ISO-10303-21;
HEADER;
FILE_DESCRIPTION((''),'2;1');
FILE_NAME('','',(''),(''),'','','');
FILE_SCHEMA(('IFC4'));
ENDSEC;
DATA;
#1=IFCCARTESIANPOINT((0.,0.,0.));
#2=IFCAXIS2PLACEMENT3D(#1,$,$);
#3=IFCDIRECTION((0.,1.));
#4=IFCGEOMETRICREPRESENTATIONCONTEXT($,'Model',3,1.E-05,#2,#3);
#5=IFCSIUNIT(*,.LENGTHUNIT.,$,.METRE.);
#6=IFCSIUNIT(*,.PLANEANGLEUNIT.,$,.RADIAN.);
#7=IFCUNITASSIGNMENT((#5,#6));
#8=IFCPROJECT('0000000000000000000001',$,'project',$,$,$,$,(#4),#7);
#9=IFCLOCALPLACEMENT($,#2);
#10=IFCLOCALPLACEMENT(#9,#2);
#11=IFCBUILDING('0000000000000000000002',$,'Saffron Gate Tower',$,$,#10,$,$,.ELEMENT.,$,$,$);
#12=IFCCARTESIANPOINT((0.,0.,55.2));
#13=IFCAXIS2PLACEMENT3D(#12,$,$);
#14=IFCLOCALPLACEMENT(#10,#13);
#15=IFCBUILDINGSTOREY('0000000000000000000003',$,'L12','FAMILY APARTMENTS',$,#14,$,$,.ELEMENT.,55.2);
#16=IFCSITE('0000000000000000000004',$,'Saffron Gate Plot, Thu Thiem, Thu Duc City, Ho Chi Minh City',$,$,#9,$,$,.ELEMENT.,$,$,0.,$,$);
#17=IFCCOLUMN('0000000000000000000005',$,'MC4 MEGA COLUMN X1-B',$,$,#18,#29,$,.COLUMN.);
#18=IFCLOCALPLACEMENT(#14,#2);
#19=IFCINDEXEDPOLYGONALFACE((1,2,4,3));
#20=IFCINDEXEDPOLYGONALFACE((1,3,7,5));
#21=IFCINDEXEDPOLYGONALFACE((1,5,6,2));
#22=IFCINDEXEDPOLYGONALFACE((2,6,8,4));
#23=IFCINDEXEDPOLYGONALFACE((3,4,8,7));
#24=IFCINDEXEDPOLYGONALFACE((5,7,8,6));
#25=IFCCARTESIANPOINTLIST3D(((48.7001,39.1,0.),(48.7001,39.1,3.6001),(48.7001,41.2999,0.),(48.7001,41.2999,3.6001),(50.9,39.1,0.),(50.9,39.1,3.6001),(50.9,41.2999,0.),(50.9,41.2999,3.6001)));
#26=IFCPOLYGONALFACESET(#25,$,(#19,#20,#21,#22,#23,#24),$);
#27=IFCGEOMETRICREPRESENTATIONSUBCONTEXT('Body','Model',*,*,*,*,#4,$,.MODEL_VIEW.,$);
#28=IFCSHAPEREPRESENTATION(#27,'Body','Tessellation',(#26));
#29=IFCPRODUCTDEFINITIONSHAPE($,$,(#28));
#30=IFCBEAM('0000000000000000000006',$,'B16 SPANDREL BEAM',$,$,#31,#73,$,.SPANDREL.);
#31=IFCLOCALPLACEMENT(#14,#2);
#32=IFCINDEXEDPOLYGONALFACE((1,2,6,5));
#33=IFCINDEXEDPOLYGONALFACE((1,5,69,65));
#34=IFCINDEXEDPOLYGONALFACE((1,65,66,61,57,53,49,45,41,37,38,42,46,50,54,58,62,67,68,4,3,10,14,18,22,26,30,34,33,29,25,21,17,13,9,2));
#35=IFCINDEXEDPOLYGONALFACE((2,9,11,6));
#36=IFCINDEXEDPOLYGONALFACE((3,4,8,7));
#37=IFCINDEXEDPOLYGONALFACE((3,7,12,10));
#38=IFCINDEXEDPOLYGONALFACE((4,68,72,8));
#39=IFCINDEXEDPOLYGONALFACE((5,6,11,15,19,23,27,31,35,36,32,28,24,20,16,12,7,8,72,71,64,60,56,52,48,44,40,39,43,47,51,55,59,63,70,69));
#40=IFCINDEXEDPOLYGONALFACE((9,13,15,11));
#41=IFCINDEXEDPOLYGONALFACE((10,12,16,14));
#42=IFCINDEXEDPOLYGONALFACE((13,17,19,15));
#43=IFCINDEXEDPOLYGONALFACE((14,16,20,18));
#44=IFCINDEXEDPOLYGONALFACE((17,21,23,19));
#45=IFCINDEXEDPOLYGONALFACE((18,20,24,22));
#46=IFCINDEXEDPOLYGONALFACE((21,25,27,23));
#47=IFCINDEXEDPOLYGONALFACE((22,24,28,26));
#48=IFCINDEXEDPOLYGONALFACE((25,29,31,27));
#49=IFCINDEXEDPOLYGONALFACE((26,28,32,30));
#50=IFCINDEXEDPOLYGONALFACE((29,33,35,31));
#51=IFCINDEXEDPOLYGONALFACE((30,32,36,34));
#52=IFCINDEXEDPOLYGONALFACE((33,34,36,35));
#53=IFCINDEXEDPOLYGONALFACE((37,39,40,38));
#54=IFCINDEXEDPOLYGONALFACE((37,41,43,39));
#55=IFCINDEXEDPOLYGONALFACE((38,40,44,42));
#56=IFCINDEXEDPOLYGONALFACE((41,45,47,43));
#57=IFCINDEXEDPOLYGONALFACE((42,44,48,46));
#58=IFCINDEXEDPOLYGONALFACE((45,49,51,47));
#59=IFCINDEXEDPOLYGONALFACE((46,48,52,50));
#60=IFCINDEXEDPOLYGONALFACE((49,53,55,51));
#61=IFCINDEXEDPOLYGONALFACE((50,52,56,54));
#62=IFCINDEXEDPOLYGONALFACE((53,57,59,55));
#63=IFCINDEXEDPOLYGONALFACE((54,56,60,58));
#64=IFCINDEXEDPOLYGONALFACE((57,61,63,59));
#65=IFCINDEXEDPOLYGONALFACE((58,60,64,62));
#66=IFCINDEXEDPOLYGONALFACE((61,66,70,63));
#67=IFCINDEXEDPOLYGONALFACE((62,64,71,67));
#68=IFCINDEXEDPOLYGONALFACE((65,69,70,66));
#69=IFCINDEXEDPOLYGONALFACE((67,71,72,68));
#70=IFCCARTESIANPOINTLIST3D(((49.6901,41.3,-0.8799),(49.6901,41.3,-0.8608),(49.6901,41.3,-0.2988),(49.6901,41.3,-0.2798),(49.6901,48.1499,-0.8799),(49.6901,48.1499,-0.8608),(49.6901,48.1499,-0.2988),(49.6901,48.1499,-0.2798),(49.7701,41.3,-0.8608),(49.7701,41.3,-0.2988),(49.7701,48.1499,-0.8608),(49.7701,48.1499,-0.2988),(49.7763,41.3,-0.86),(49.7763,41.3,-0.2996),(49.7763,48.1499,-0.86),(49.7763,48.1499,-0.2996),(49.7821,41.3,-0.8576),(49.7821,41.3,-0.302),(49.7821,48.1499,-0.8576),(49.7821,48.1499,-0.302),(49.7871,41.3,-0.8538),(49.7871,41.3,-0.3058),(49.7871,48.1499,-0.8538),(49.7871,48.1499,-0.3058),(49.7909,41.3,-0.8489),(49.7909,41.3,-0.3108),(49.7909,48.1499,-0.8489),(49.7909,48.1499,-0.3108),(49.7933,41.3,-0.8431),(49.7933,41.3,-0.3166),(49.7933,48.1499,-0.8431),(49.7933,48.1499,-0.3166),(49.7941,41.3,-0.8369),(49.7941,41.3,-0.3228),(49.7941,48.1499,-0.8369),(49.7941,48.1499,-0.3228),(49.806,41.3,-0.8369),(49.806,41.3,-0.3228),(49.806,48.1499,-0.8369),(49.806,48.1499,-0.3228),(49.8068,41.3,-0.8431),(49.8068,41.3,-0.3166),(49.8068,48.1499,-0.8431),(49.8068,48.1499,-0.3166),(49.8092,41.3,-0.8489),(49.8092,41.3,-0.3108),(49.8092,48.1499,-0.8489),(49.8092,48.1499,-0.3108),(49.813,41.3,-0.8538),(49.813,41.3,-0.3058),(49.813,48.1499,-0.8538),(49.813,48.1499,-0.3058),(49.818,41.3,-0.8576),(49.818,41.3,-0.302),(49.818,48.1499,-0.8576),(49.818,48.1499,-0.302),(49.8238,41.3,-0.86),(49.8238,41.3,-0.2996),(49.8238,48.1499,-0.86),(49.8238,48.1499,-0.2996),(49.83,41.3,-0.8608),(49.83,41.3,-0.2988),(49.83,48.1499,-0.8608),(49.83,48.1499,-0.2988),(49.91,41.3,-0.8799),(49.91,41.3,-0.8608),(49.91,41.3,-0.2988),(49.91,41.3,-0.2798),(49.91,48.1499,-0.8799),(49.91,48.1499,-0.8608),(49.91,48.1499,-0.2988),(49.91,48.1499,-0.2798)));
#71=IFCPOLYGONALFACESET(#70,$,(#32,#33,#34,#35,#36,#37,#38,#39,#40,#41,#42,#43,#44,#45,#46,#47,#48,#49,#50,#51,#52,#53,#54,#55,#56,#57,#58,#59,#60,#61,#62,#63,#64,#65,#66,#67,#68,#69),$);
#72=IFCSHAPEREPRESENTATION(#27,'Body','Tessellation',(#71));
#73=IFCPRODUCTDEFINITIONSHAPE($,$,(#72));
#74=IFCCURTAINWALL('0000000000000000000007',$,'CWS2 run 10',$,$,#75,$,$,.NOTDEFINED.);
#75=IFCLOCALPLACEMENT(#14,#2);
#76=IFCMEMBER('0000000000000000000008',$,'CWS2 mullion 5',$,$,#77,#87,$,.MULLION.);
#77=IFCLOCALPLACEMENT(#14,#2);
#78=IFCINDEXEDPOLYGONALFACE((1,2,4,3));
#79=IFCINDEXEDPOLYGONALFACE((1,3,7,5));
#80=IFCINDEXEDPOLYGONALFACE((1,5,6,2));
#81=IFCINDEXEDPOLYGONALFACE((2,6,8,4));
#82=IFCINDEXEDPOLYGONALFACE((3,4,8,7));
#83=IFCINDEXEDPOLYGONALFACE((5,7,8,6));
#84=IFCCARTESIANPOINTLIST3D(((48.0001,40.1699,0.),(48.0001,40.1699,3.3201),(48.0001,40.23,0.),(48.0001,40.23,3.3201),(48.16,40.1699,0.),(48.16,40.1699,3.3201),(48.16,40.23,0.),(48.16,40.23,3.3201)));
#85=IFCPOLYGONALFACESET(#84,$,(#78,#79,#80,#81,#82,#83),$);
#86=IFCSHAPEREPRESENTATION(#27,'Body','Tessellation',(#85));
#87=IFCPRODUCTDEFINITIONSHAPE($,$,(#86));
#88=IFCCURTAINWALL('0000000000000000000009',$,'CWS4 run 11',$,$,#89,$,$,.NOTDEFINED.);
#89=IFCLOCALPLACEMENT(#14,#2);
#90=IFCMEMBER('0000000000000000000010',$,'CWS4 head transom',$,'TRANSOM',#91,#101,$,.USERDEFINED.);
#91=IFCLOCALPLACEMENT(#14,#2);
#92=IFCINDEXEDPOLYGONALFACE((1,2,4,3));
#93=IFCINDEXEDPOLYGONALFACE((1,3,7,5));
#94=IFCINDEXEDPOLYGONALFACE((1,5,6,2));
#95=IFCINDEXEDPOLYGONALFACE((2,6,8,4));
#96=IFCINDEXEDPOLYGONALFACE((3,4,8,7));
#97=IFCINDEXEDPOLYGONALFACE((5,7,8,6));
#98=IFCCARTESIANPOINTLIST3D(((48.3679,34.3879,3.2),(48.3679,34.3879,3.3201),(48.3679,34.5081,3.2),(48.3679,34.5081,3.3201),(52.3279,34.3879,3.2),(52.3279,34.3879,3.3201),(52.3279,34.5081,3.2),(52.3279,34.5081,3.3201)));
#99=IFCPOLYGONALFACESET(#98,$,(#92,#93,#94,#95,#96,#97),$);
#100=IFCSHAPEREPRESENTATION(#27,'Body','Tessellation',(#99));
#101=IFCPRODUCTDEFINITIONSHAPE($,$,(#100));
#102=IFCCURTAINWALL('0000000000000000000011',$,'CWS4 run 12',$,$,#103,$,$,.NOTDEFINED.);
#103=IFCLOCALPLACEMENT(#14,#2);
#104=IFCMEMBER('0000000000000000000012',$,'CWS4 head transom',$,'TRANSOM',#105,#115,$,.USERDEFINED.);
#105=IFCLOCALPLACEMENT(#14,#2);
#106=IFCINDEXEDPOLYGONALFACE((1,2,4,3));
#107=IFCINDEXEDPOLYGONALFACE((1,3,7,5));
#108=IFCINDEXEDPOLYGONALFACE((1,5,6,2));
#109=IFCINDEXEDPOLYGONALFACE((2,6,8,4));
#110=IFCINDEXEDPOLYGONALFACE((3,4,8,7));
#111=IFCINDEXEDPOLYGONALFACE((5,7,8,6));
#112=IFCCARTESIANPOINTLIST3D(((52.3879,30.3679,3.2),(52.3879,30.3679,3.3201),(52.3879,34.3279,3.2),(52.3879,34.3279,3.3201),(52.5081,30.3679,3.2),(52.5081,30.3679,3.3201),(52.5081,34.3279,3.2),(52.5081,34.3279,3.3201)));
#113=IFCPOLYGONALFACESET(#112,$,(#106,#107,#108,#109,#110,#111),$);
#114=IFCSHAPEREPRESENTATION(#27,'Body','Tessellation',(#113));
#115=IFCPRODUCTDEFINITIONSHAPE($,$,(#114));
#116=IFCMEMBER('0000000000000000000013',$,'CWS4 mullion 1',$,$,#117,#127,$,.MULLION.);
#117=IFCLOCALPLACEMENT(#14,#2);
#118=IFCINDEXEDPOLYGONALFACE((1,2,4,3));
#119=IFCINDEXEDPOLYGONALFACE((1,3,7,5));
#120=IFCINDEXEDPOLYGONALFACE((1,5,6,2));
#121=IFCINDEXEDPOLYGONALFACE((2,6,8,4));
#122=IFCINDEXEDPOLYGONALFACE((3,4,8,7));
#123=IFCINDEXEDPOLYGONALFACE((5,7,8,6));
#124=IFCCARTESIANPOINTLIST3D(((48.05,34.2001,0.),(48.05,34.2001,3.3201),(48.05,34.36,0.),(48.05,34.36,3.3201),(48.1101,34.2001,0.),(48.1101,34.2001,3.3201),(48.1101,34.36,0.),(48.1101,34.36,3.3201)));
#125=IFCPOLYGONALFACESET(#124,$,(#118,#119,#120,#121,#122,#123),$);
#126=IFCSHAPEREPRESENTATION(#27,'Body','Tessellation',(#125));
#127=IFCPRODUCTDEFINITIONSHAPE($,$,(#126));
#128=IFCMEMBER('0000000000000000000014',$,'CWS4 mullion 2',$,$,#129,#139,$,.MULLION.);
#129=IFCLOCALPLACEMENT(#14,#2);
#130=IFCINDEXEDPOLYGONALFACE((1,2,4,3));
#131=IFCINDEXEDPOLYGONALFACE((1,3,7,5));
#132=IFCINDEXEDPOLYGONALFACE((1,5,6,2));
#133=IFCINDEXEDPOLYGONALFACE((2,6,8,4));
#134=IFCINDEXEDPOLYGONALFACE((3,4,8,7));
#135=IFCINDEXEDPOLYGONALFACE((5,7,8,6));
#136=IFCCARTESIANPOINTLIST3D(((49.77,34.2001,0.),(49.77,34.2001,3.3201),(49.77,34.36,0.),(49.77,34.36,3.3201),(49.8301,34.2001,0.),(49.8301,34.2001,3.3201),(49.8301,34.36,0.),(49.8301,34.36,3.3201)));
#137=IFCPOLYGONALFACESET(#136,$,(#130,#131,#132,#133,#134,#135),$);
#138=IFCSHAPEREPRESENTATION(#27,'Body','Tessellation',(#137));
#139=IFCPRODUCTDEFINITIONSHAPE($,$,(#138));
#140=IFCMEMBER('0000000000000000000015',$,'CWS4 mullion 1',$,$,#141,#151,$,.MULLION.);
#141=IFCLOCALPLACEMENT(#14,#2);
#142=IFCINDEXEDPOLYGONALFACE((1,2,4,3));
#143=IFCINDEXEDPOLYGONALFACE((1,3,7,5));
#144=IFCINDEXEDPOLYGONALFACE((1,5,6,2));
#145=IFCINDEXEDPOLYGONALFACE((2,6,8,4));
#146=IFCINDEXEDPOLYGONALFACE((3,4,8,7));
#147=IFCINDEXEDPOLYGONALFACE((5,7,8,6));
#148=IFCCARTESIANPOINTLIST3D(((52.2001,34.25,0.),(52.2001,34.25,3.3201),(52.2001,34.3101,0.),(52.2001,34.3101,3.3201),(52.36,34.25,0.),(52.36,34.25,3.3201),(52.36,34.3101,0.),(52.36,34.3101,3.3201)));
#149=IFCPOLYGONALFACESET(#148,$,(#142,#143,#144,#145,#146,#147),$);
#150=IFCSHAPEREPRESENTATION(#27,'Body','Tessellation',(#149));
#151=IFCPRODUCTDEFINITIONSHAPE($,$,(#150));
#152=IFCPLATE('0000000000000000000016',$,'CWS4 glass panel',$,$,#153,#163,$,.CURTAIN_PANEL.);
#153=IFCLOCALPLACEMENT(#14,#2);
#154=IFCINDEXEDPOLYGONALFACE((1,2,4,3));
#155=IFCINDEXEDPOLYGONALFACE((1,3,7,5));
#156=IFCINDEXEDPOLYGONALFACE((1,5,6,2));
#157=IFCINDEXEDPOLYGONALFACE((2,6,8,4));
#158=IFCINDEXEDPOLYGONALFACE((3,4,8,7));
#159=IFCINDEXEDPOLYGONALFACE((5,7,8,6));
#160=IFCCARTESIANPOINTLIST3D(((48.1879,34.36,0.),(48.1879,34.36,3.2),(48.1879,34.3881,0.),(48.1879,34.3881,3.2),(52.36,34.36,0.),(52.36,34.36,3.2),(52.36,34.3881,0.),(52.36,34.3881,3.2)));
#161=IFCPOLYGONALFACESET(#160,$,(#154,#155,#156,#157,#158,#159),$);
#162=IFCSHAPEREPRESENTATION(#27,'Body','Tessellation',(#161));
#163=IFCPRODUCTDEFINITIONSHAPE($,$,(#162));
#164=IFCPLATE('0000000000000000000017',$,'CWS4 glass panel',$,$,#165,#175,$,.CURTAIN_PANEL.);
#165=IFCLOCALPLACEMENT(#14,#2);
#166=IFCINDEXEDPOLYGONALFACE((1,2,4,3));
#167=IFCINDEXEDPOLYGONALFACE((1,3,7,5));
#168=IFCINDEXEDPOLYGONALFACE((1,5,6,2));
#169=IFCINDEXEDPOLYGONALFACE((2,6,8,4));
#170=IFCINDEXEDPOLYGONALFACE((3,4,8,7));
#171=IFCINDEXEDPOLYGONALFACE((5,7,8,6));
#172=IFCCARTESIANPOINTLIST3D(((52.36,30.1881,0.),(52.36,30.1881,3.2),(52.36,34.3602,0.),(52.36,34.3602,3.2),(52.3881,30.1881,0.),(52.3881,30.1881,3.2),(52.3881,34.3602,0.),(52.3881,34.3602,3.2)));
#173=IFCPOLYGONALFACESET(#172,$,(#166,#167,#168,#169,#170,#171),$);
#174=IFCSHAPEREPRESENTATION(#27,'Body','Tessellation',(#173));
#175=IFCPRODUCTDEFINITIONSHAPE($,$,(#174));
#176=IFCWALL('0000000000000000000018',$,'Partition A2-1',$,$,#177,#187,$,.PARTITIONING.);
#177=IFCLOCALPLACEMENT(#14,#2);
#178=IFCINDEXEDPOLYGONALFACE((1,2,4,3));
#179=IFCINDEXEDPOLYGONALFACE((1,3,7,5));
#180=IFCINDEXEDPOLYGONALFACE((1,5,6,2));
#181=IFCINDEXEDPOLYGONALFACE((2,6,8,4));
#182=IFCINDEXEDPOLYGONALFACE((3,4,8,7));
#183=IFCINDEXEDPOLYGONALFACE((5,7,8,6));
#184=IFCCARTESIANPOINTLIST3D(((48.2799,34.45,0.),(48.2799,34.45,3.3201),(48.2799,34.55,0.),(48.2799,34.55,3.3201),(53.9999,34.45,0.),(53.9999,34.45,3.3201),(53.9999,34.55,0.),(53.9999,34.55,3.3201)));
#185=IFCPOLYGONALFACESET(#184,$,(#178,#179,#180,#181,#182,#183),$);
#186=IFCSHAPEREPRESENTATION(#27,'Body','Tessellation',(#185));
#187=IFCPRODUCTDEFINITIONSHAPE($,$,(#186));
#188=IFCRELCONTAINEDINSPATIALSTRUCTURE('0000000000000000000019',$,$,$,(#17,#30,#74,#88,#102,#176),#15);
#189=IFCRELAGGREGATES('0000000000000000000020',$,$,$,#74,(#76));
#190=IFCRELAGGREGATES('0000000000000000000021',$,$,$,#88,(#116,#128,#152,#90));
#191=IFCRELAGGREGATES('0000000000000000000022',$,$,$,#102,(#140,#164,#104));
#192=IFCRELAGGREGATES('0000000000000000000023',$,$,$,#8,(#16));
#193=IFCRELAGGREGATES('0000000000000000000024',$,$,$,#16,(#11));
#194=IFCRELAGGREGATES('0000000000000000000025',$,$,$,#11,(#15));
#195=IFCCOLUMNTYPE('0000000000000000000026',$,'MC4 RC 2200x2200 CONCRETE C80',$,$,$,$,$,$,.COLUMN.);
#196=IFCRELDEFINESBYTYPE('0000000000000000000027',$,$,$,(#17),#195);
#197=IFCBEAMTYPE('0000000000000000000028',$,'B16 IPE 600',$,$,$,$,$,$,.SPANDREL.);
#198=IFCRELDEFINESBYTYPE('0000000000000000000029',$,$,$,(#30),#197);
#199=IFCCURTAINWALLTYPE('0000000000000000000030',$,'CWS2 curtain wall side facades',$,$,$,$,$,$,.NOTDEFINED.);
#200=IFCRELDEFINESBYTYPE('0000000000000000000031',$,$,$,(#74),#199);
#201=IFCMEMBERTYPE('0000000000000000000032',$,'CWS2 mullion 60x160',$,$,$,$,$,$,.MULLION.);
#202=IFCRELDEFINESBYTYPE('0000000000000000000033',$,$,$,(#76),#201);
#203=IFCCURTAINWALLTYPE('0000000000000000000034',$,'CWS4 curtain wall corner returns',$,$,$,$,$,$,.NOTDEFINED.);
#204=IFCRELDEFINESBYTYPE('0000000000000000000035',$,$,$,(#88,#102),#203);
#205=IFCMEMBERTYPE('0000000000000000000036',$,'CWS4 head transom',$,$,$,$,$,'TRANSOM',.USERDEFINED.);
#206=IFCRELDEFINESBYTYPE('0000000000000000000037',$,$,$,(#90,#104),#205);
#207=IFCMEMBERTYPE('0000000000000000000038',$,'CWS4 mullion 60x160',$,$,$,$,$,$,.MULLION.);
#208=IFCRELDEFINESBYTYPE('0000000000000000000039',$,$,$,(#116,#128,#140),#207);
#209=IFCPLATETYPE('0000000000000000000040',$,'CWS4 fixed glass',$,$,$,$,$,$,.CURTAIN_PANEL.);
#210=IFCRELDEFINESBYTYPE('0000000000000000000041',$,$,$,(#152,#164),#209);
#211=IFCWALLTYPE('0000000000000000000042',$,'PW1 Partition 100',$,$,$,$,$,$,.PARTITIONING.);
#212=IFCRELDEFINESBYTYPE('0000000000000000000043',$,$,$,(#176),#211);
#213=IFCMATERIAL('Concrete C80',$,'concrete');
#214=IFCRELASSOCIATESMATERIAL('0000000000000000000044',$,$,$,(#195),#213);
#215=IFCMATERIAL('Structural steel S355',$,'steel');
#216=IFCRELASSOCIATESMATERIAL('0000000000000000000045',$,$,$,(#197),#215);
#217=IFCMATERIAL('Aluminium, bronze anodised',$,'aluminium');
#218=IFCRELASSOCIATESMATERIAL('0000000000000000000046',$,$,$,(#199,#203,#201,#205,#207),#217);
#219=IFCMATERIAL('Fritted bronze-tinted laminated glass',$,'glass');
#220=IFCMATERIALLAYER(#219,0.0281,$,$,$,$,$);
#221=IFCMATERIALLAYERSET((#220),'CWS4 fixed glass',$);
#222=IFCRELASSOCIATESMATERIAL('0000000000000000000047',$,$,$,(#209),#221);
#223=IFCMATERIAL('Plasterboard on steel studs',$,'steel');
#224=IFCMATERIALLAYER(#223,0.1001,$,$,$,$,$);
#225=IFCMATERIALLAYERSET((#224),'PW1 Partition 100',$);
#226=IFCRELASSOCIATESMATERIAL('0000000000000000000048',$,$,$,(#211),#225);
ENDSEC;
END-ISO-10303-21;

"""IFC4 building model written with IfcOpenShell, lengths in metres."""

from ifc_helpers import new_model, si_unit, direction, frame, frame_2d, origin, origin_2d, place, context, subcontext, project, spatial, rectangle, i_section, extrude, material, layer, layer_set, material_profile, profile_set, type_object, element, aggregate, save


model = new_model("IFC4")

# Units and contexts
model_context = context("Model", 3, precision=1e-05, world=origin(), true_north=direction((0.0, 1.0)))
body_context = subcontext(model_context, "Body", "Model", "MODEL_VIEW")
ifc_project = project(units=[si_unit("LENGTHUNIT", "METRE"), si_unit("PLANEANGLEUNIT", "RADIAN")], contexts=[model_context])

# Site, building, storey
site_placement = place(None, origin())
site = spatial("IfcSite", under=ifc_project, at=site_placement, Name="Saffron Gate Plot, Thu Thiem, Thu Duc City, Ho Chi Minh City", CompositionType="ELEMENT", RefElevation=0.0)
building_placement = place(site_placement, origin())
building = spatial("IfcBuilding", under=site, at=building_placement, Name="Saffron Gate Tower", CompositionType="ELEMENT")
storey_placement = place(building_placement, frame((0.0, 0.0, 55.2)))
storey = spatial("IfcBuildingStorey", under=building, at=storey_placement, Name="L12", Description="FAMILY APARTMENTS", CompositionType="ELEMENT", Elevation=55.2)

# Column
ifc_material_1 = material(Name="Concrete C80", Category="concrete")
ifc_material_profile_1 = material_profile(ifc_material_1, rectangle(XDim=2.2, YDim=2.2, at=origin_2d()))
ifc_profile_set_1 = profile_set([ifc_material_profile_1], Name="Concrete C80")
column_type = type_object("IfcColumnType", Name="MC4 RC 2200x2200 CONCRETE C80", PredefinedType="COLUMN", material=ifc_profile_set_1)
column_placement = place(storey_placement, frame((49.8, 40.2, 0.0), z_axis=(0.0, 0.0, 1.0), x_axis=(1.0, 0.0, 0.0)))
element("IfcColumn", 1, at=column_placement, inside=storey, type_object=column_type, Name="MC4 MEGA COLUMN X1-B", PredefinedType="COLUMN", context=body_context, shape_type="SweptSolid", body=[
    extrude(rectangle(XDim=2.2, YDim=2.2, at=origin_2d()), origin(), (0.0, 0.0, 1.0), 3.6001),
])

# Beam
ifc_material_2 = material(Name="Structural steel S355", Category="steel")
ifc_material_profile_2 = material_profile(ifc_material_2, i_section(OverallWidth=0.22, OverallDepth=0.6001, WebThickness=0.012, FlangeThickness=0.019, FilletRadius=0.0239, at=origin_2d()))
ifc_profile_set_2 = profile_set([ifc_material_profile_2], Name="Structural steel S355")
beam_type = type_object("IfcBeamType", Name="B16 IPE 600", PredefinedType="SPANDREL", material=ifc_profile_set_2)
beam_placement = place(storey_placement, frame((49.8, 41.3, -0.5798), z_axis=(0.0, 1.0, 0.0), x_axis=(-1.0, 0.0, 0.0)))
element("IfcBeam", 2, at=beam_placement, inside=storey, type_object=beam_type, Name="B16 SPANDREL BEAM", PredefinedType="SPANDREL", context=body_context, shape_type="SweptSolid", body=[
    extrude(i_section(OverallWidth=0.22, OverallDepth=0.6001, WebThickness=0.012, FlangeThickness=0.019, FilletRadius=0.0239, at=origin_2d()), origin(), (0.0, 0.0, 1.0), 6.8499),
])

# Curtain walls, members
ifc_material_3 = material(Name="Aluminium, bronze anodised", Category="aluminium")
curtain_wall_type_1 = type_object("IfcCurtainWallType", Name="CWS2 curtain wall side facades", PredefinedType="NOTDEFINED", material=ifc_material_3)
curtain_wall_1_placement = place(storey_placement, origin())
curtain_wall_1 = element("IfcCurtainWall", 3, at=curtain_wall_1_placement, inside=storey, type_object=curtain_wall_type_1, Name="CWS2 run 10", PredefinedType="NOTDEFINED")
ifc_material_profile_3 = material_profile(ifc_material_3, rectangle(XDim=0.1599, YDim=0.0601, at=origin_2d()))
ifc_profile_set_3 = profile_set([ifc_material_profile_3], Name="Aluminium, bronze anodised")
member_type_1 = type_object("IfcMemberType", Name="CWS2 mullion 60x160", PredefinedType="MULLION", material=ifc_profile_set_3)
member_1_placement = place(storey_placement, frame((48.0801, 40.2, 0.0), z_axis=(0.0, 0.0, 1.0), x_axis=(1.0, 0.0, 0.0)))
member_1 = element("IfcMember", 4, at=member_1_placement, type_object=member_type_1, Name="CWS2 mullion 5", PredefinedType="MULLION", context=body_context, shape_type="SweptSolid", body=[
    extrude(rectangle(XDim=0.1599, YDim=0.0601, at=origin_2d()), origin(), (0.0, 0.0, 1.0), 3.3201),
])
aggregate(curtain_wall_1, [member_1])
curtain_wall_type_2 = type_object("IfcCurtainWallType", Name="CWS4 curtain wall corner returns", PredefinedType="NOTDEFINED", material=ifc_material_3)
curtain_wall_2_placement = place(storey_placement, origin())
curtain_wall_2 = element("IfcCurtainWall", 5, at=curtain_wall_2_placement, inside=storey, type_object=curtain_wall_type_2, Name="CWS4 run 11", PredefinedType="NOTDEFINED")
ifc_material_profile_4 = material_profile(ifc_material_3, rectangle(XDim=0.1201, YDim=0.1201, at=origin_2d()))
ifc_profile_set_4 = profile_set([ifc_material_profile_4], Name="Aluminium, bronze anodised")
member_type_2 = type_object("IfcMemberType", Name="CWS4 head transom", ElementType="TRANSOM", PredefinedType="USERDEFINED", material=ifc_profile_set_4)
member_2_placement = place(storey_placement, frame((48.3679, 34.448, 3.26), z_axis=(1.0, 0.0, 0.0), x_axis=(0.0, 1.0, 0.0)))
member_2 = element("IfcMember", 6, at=member_2_placement, type_object=member_type_2, Name="CWS4 head transom", ObjectType="TRANSOM", PredefinedType="USERDEFINED", context=body_context, shape_type="SweptSolid", body=[
    extrude(rectangle(XDim=0.1201, YDim=0.1201, at=origin_2d()), origin(), (0.0, 0.0, 1.0), 3.96),
])
curtain_wall_3_placement = place(storey_placement, origin())
curtain_wall_3 = element("IfcCurtainWall", 7, at=curtain_wall_3_placement, inside=storey, type_object=curtain_wall_type_2, Name="CWS4 run 12", PredefinedType="NOTDEFINED")
member_3_placement = place(storey_placement, frame((52.448, 34.3279, 3.26), z_axis=(0.0, -1.0, 0.0), x_axis=(1.0, 0.0, 0.0)))
member_3 = element("IfcMember", 8, at=member_3_placement, type_object=member_type_2, Name="CWS4 head transom", ObjectType="TRANSOM", PredefinedType="USERDEFINED", context=body_context, shape_type="SweptSolid", body=[
    extrude(rectangle(XDim=0.1201, YDim=0.1201, at=origin_2d()), origin(), (0.0, 0.0, 1.0), 3.96),
])

# Members
ifc_material_profile_5 = material_profile(ifc_material_3, rectangle(XDim=0.1599, YDim=0.0601, at=origin_2d()))
ifc_profile_set_5 = profile_set([ifc_material_profile_5], Name="Aluminium, bronze anodised")
member_type_3 = type_object("IfcMemberType", Name="CWS4 mullion 60x160", PredefinedType="MULLION", material=ifc_profile_set_5)
member_4_placement = place(storey_placement, frame((48.0801, 34.28, 0.0), z_axis=(0.0, 0.0, 1.0), x_axis=(0.0, 1.0, 0.0)))
member_4 = element("IfcMember", 9, at=member_4_placement, type_object=member_type_3, Name="CWS4 mullion 1", PredefinedType="MULLION", context=body_context, shape_type="SweptSolid", body=[
    extrude(rectangle(XDim=0.1599, YDim=0.0601, at=origin_2d()), origin(), (0.0, 0.0, 1.0), 3.3201),
])
member_5_placement = place(storey_placement, frame((49.8, 34.28, 0.0), z_axis=(0.0, 0.0, 1.0), x_axis=(0.0, 1.0, 0.0)))
member_5 = element("IfcMember", 10, at=member_5_placement, type_object=member_type_3, Name="CWS4 mullion 2", PredefinedType="MULLION", context=body_context, shape_type="SweptSolid", body=[
    extrude(rectangle(XDim=0.1599, YDim=0.0601, at=origin_2d()), origin(), (0.0, 0.0, 1.0), 3.3201),
])
member_6_placement = place(storey_placement, frame((52.28, 34.28, 0.0), z_axis=(0.0, 0.0, 1.0), x_axis=(1.0, 0.0, 0.0)))
member_6 = element("IfcMember", 11, at=member_6_placement, type_object=member_type_3, Name="CWS4 mullion 1", PredefinedType="MULLION", context=body_context, shape_type="SweptSolid", body=[
    extrude(rectangle(XDim=0.1599, YDim=0.0601, at=origin_2d()), origin(), (0.0, 0.0, 1.0), 3.3201),
])

# Plates
ifc_material_4 = material(Name="Fritted bronze-tinted laminated glass", Category="glass")
ifc_layer_1 = layer(ifc_material_4, 0.0281)
ifc_layer_set_1 = layer_set([ifc_layer_1], Name="CWS4 fixed glass")
plate_type = type_object("IfcPlateType", Name="CWS4 fixed glass", PredefinedType="CURTAIN_PANEL", material=ifc_layer_set_1)
plate_1_placement = place(storey_placement, frame((48.188, 34.374, 0.0), z_axis=(0.0, 0.0, 1.0), x_axis=(1.0, 0.0, 0.0)))
plate_1 = element("IfcPlate", 12, at=plate_1_placement, type_object=plate_type, Name="CWS4 glass panel", PredefinedType="CURTAIN_PANEL", context=body_context, shape_type="SweptSolid", body=[
    extrude(rectangle(XDim=4.1721, YDim=0.0281, at=frame_2d((2.0859, 0.0))), origin(), (0.0, 0.0, 1.0), 3.2),
])
aggregate(curtain_wall_2, [member_4, member_5, plate_1, member_2])
plate_2_placement = place(storey_placement, frame((52.374, 34.3601, 0.0), z_axis=(0.0, 0.0, 1.0), x_axis=(0.0, -1.0, 0.0)))
plate_2 = element("IfcPlate", 13, at=plate_2_placement, type_object=plate_type, Name="CWS4 glass panel", PredefinedType="CURTAIN_PANEL", context=body_context, shape_type="SweptSolid", body=[
    extrude(rectangle(XDim=4.1721, YDim=0.0281, at=frame_2d((2.0859, 0.0))), origin(), (0.0, 0.0, 1.0), 3.2),
])
aggregate(curtain_wall_3, [member_6, plate_2, member_3])

# Wall
ifc_material_5 = material(Name="Plasterboard on steel studs", Category="steel")
ifc_layer_2 = layer(ifc_material_5, 0.1001)
ifc_layer_set_2 = layer_set([ifc_layer_2], Name="PW1 Partition 100")
wall_type_1 = type_object("IfcWallType", Name="PW1 Partition 100", PredefinedType="PARTITIONING", material=ifc_layer_set_2)
wall_1_placement = place(storey_placement, frame((48.28, 34.5, 0.0), z_axis=(0.0, 0.0, 1.0), x_axis=(1.0, 0.0, 0.0)))
element("IfcWall", 14, at=wall_1_placement, inside=storey, type_object=wall_type_1, Name="Partition A2-1", PredefinedType="PARTITIONING", context=body_context, shape_type="SweptSolid", body=[
    extrude(rectangle(XDim=5.72, YDim=0.1001, at=frame_2d((2.8599, 0.0))), origin(), (0.0, 0.0, 1.0), 3.3201),
])

save(model, "model.ifc")
